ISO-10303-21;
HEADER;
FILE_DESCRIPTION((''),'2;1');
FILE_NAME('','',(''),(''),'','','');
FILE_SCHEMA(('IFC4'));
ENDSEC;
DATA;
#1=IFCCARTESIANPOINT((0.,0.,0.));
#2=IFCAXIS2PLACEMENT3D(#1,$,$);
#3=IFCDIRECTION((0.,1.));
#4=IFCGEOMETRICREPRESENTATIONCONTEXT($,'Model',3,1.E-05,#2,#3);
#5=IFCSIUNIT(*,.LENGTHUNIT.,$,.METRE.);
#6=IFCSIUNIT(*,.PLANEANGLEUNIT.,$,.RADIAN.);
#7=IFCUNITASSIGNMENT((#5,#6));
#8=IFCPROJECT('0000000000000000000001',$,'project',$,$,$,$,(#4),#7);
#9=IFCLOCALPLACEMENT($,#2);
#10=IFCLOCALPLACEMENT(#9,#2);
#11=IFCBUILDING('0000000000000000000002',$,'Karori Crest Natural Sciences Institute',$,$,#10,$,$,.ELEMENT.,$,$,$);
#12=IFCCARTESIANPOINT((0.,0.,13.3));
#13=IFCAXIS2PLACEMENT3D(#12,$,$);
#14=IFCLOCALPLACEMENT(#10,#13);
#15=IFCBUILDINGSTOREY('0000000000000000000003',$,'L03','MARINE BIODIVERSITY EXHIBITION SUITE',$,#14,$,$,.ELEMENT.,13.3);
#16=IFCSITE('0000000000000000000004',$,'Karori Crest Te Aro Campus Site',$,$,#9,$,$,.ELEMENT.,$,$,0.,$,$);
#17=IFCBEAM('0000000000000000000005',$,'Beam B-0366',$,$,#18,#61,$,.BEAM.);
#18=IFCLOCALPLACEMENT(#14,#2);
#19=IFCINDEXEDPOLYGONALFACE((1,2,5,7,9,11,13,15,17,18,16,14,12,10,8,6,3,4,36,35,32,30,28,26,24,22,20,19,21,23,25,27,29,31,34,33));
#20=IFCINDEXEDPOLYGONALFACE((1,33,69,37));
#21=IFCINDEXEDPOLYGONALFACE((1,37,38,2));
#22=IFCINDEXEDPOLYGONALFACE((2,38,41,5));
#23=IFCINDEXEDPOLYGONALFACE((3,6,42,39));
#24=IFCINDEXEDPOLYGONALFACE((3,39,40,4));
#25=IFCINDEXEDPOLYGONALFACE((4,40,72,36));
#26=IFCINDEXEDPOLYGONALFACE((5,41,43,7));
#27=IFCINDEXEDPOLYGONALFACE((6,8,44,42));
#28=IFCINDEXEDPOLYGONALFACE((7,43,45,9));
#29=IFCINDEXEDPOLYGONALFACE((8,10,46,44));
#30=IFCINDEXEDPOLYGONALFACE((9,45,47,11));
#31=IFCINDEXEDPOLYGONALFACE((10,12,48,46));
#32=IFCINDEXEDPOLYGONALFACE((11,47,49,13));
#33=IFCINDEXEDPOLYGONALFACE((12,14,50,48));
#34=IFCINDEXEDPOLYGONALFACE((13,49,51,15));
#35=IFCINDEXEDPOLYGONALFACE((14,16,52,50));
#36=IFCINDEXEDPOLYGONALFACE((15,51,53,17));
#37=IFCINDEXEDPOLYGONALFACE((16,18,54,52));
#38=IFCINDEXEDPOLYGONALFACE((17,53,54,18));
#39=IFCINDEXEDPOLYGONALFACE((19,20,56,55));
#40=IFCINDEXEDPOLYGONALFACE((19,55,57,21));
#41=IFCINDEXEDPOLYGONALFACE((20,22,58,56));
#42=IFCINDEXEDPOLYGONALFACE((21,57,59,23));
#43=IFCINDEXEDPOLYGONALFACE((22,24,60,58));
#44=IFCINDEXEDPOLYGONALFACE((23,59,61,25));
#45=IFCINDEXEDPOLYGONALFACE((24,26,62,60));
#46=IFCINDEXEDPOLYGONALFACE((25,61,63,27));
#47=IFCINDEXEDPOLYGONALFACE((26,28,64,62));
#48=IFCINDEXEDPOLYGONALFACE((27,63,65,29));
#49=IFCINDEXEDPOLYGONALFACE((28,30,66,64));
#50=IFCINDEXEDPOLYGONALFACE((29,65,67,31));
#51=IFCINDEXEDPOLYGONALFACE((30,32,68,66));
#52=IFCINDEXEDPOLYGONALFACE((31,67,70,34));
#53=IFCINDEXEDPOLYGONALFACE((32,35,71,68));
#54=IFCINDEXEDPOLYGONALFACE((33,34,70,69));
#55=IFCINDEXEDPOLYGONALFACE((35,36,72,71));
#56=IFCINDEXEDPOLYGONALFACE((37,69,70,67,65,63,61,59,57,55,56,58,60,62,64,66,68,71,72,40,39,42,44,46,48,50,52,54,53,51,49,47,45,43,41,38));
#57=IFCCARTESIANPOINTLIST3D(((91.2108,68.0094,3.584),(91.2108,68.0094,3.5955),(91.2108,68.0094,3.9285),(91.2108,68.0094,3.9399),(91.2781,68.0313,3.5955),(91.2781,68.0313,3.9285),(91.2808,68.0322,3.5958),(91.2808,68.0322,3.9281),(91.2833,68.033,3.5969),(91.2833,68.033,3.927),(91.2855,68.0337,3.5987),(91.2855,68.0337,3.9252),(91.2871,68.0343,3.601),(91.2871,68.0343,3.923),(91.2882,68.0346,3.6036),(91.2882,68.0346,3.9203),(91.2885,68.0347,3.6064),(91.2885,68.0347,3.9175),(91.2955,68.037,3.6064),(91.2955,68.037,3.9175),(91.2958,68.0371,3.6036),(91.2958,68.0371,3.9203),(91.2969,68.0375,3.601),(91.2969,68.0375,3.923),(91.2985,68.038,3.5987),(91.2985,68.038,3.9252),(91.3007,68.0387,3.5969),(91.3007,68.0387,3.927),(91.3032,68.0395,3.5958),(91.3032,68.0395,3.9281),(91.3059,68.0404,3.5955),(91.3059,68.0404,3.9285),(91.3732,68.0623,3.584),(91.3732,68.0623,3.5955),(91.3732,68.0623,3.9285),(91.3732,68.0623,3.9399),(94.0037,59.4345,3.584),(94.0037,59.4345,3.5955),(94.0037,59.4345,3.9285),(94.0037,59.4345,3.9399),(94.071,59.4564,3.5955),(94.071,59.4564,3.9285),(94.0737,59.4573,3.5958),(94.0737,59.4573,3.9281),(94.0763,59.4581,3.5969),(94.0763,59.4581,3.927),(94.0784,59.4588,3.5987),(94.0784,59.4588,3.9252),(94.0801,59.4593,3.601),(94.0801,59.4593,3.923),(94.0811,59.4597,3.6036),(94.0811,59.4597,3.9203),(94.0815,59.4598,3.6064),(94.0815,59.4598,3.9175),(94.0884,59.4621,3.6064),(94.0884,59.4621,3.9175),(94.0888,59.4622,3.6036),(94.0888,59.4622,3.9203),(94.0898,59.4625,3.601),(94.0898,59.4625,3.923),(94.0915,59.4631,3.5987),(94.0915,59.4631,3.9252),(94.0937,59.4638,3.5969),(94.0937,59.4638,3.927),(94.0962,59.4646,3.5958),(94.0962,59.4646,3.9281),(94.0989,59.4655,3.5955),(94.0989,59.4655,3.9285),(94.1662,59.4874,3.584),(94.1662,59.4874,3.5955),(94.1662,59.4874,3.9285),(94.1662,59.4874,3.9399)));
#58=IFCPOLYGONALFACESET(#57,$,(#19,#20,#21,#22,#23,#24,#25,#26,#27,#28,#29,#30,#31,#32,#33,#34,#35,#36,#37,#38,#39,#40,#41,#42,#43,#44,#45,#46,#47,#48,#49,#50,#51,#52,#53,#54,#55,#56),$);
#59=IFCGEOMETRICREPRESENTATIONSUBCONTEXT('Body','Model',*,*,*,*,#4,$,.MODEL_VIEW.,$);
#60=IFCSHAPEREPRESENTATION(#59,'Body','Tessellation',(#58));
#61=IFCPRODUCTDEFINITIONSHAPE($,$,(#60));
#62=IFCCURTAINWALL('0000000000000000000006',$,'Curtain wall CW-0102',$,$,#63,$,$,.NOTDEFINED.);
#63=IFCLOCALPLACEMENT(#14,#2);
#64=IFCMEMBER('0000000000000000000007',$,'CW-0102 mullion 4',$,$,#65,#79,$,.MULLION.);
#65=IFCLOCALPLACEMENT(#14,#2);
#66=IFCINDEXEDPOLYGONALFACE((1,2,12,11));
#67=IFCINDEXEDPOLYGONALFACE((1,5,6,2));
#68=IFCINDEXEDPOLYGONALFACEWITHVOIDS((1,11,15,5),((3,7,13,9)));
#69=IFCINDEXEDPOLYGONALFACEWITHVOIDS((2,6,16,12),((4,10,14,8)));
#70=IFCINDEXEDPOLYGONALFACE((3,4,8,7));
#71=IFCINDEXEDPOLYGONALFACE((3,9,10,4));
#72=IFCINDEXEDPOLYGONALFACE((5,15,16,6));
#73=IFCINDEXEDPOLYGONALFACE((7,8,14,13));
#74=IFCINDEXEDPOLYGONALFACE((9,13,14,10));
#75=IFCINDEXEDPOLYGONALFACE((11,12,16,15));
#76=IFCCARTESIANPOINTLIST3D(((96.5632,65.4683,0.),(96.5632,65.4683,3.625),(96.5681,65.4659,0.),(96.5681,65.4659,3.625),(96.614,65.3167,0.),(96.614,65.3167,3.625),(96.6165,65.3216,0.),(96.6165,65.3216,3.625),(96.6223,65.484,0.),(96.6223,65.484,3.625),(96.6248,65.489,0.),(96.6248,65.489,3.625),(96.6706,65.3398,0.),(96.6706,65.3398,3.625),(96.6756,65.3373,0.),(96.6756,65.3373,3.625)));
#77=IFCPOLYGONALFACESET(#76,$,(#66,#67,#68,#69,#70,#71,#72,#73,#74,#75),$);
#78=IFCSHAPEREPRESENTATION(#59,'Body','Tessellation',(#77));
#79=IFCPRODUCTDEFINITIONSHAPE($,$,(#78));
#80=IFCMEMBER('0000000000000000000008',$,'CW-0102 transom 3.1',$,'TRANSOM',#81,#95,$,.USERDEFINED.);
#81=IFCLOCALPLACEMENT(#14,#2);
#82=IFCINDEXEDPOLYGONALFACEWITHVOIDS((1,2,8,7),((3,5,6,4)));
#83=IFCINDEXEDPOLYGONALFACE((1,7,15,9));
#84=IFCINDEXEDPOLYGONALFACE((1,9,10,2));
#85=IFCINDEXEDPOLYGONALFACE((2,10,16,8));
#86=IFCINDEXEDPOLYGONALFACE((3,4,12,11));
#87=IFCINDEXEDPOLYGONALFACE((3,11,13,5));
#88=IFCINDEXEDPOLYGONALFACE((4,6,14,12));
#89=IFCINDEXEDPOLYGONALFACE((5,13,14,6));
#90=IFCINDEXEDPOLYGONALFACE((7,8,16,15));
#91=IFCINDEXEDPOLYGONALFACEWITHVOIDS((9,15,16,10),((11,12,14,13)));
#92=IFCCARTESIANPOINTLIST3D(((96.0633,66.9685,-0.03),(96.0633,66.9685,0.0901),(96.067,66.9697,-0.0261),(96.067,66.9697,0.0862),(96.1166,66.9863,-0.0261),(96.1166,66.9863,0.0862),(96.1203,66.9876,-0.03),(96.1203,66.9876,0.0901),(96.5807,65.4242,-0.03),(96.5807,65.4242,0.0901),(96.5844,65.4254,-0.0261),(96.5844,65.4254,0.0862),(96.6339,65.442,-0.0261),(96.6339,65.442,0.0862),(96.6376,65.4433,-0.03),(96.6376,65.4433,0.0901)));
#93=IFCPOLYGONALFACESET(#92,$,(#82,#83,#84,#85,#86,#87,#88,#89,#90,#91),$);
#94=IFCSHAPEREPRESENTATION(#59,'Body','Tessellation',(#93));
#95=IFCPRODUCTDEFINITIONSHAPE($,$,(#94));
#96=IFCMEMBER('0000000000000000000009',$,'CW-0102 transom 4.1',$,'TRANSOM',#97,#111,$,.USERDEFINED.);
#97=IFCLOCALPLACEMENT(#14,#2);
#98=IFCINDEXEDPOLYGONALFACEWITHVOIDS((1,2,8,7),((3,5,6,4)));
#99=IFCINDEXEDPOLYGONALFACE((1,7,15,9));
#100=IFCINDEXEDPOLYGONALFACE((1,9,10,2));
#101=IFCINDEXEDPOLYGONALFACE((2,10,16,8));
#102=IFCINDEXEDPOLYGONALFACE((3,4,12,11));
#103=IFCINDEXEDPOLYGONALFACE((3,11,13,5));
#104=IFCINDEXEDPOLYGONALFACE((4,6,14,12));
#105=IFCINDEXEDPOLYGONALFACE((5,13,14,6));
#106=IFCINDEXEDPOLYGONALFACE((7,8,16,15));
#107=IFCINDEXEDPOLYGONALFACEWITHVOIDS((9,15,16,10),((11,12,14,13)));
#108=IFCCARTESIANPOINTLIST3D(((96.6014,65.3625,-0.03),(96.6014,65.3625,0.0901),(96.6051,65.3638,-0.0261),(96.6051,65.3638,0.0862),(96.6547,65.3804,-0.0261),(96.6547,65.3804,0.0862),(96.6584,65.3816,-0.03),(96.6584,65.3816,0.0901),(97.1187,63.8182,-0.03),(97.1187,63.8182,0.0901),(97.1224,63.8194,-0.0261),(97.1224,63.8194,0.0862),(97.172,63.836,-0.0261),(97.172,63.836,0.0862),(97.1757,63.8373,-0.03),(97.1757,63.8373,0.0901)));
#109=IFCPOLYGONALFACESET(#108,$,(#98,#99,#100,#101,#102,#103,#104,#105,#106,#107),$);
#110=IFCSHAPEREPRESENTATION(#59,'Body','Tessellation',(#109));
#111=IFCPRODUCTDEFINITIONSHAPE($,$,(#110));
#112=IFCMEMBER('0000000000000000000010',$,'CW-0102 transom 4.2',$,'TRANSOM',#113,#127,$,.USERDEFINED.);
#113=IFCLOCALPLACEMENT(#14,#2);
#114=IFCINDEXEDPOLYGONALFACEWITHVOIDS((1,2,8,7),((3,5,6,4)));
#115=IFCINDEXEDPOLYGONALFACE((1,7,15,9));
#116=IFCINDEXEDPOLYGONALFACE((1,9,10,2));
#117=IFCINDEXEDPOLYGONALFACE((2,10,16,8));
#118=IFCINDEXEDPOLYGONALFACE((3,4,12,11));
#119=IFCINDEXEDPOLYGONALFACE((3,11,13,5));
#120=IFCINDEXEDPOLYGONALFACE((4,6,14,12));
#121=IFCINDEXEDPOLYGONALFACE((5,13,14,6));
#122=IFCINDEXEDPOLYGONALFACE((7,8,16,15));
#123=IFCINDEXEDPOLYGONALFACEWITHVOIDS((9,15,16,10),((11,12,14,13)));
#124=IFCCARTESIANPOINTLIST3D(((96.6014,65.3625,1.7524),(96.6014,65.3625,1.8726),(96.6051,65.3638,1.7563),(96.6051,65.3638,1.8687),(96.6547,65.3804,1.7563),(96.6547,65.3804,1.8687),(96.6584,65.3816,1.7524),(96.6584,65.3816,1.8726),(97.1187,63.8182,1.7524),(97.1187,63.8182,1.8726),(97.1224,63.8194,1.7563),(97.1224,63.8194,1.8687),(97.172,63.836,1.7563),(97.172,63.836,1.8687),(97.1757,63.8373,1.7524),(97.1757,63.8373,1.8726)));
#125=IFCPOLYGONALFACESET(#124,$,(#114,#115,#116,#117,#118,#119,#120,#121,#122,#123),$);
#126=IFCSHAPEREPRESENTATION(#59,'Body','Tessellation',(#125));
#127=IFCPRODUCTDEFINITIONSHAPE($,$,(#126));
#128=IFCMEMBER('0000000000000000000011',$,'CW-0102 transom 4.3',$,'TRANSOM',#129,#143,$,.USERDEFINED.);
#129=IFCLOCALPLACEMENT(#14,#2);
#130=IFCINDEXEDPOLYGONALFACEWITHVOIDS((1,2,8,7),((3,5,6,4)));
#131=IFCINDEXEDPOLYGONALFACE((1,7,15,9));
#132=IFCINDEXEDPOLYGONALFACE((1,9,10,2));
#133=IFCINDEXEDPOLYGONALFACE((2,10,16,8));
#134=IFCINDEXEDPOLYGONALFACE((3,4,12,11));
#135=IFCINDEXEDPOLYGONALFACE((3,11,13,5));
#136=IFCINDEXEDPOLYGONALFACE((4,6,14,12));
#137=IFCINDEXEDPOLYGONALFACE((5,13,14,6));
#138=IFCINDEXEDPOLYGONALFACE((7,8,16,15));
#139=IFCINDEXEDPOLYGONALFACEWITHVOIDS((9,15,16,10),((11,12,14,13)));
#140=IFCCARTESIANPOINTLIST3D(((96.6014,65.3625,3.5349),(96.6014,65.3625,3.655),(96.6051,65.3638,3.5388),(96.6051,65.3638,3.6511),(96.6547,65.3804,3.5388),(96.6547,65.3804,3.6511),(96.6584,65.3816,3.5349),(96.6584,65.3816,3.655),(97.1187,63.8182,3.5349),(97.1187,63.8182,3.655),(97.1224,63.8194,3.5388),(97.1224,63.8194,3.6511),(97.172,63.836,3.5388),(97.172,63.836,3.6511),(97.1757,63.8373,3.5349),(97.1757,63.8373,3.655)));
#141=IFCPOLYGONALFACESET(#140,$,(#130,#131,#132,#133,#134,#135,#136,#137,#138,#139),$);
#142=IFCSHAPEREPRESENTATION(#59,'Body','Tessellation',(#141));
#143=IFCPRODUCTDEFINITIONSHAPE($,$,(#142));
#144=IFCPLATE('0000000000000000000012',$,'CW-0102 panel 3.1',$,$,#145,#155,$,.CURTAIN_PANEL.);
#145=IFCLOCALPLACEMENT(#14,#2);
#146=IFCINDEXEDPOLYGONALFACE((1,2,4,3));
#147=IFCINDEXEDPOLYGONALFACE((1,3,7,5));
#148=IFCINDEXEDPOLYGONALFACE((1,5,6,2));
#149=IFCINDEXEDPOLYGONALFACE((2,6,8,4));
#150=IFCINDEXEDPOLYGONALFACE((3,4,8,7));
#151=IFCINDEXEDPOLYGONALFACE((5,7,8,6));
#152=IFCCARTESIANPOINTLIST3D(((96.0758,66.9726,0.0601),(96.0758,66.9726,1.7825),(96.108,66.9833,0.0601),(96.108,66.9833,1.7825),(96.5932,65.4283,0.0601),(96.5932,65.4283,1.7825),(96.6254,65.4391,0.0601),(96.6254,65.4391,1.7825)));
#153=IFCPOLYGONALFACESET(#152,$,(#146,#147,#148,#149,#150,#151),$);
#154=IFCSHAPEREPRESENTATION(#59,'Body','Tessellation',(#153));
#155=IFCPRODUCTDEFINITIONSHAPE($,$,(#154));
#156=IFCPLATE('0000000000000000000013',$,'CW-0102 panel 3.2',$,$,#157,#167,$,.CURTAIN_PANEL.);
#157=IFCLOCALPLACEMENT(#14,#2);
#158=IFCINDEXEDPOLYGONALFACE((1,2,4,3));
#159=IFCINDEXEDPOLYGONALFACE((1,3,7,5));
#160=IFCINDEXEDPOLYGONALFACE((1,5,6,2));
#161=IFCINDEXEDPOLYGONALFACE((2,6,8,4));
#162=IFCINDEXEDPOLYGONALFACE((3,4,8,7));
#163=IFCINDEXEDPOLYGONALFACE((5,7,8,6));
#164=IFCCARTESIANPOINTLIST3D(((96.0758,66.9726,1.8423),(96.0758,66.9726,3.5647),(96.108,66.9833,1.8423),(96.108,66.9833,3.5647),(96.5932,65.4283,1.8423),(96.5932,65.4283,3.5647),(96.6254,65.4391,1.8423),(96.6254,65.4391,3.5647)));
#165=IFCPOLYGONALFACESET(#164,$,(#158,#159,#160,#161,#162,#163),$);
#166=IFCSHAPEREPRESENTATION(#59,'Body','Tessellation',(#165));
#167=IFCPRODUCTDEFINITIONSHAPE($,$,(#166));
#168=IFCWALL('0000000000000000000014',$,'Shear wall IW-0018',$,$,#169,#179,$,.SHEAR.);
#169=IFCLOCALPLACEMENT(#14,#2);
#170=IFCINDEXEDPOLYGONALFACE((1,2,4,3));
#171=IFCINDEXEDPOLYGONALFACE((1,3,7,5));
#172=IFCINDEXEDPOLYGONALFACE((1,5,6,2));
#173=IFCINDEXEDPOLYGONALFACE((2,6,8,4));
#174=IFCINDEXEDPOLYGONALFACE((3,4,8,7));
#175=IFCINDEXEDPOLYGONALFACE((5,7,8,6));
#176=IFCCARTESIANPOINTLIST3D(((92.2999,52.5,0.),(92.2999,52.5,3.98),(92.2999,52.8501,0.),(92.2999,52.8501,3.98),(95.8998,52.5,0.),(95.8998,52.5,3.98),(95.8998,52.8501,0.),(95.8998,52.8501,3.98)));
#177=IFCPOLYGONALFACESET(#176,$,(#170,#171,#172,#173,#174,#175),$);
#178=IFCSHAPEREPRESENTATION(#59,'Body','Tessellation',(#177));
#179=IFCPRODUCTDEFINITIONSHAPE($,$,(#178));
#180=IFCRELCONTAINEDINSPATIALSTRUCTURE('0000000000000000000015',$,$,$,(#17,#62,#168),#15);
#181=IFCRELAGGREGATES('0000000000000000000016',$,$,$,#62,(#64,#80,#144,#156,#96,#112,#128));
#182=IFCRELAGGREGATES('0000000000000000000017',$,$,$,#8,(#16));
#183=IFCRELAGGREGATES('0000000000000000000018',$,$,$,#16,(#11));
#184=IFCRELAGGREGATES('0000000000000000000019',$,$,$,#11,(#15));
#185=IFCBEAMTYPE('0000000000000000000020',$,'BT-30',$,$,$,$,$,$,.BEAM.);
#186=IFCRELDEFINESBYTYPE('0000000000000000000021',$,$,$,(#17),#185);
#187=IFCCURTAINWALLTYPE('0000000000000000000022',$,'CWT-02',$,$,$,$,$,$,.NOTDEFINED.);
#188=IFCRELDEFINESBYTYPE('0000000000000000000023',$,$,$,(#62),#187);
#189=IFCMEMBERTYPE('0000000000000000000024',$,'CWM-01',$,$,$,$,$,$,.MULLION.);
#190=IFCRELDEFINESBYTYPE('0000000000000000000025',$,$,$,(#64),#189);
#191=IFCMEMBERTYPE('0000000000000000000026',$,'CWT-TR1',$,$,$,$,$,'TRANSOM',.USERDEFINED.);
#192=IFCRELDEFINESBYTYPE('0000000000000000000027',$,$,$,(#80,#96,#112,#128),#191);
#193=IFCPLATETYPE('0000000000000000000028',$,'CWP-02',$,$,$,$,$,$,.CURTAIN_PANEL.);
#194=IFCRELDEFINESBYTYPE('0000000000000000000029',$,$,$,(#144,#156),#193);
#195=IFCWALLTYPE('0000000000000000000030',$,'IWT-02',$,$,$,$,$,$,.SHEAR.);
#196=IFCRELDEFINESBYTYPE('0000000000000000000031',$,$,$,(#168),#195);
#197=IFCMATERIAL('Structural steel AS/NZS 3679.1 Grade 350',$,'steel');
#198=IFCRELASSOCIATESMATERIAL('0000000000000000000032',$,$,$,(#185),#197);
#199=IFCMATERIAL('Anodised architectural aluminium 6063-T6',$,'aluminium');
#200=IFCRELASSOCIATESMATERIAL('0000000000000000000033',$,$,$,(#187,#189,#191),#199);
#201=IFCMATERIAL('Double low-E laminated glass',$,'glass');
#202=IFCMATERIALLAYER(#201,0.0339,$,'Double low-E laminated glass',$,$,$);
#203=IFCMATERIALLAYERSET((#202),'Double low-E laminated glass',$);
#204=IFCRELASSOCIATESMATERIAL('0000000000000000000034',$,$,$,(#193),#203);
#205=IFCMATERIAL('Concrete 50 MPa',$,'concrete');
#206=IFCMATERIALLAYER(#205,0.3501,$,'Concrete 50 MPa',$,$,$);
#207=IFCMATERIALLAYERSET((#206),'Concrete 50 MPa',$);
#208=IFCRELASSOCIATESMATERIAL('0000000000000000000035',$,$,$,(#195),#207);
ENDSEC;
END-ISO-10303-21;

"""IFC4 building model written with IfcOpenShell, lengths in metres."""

from ifc_helpers import new_model, si_unit, direction, frame, frame_2d, origin, origin_2d, place, context, subcontext, project, spatial, rectangle, hollow_rectangle, i_section, extrude, material, layer, layer_set, material_profile, profile_set, type_object, element, aggregate, save


model = new_model("IFC4")

# Units and contexts
model_context = context("Model", 3, precision=1e-05, world=origin(), true_north=direction((0.0, 1.0)))
body_context = subcontext(model_context, "Body", "Model", "MODEL_VIEW")
ifc_project = project(units=[si_unit("LENGTHUNIT", "METRE"), si_unit("PLANEANGLEUNIT", "RADIAN")], contexts=[model_context])

# Site, building, storey
site_placement = place(None, origin())
site = spatial("IfcSite", under=ifc_project, at=site_placement, Name="Karori Crest Te Aro Campus Site", CompositionType="ELEMENT", RefElevation=0.0)
building_placement = place(site_placement, origin())
building = spatial("IfcBuilding", under=site, at=building_placement, Name="Karori Crest Natural Sciences Institute", CompositionType="ELEMENT")
storey_placement = place(building_placement, frame((0.0, 0.0, 13.3)))
storey = spatial("IfcBuildingStorey", under=building, at=storey_placement, Name="L03", Description="MARINE BIODIVERSITY EXHIBITION SUITE", CompositionType="ELEMENT", Elevation=13.3)

# Beam
ifc_material_1 = material(Name="Structural steel AS/NZS 3679.1 Grade 350", Category="steel")
ifc_material_profile_1 = material_profile(ifc_material_1, i_section(OverallWidth=0.1709, OverallDepth=0.356, WebThickness=0.0073, FlangeThickness=0.0115, FilletRadius=0.011, at=origin_2d()), Name="360UB50.7")
ifc_profile_set_1 = profile_set([ifc_material_profile_1], Name="Structural steel AS/NZS 3679.1 Grade 350")
beam_type = type_object("IfcBeamType", Name="BT-30", PredefinedType="BEAM", material=ifc_profile_set_1)
beam_placement = place(storey_placement, frame((94.085, 59.4609, 3.762), z_axis=(-0.309699, 0.950835, 0.0), x_axis=(-0.950835, -0.309699, 0.0)))
element("IfcBeam", 1, at=beam_placement, inside=storey, type_object=beam_type, Name="Beam B-0366", PredefinedType="BEAM", context=body_context, shape_type="SweptSolid", body=[
    extrude(i_section(OverallWidth=0.1709, OverallDepth=0.356, WebThickness=0.0073, FlangeThickness=0.0115, FilletRadius=0.011, at=origin_2d()), origin(), (0.0, 0.0, 1.0), 9.0183),
])

# Curtain wall, members, plates
ifc_material_2 = material(Name="Anodised architectural aluminium 6063-T6", Category="aluminium")
curtain_wall_type = type_object("IfcCurtainWallType", Name="CWT-02", PredefinedType="NOTDEFINED", material=ifc_material_2)
curtain_wall_placement = place(storey_placement, origin())
curtain_wall = element("IfcCurtainWall", 2, at=curtain_wall_placement, inside=storey, type_object=curtain_wall_type, Name="Curtain wall CW-0102", PredefinedType="NOTDEFINED")
ifc_material_profile_2 = material_profile(ifc_material_2, hollow_rectangle(XDim=0.0649, YDim=0.1599, WallThickness=0.0039, at=origin_2d()), Name="CWM160x65x4")
ifc_profile_set_2 = profile_set([ifc_material_profile_2], Name="Anodised architectural aluminium 6063-T6")
member_type_1 = type_object("IfcMemberType", Name="CWM-01", PredefinedType="MULLION", material=ifc_profile_set_2)
member_1_placement = place(storey_placement, frame((96.6194, 65.4028, 0.0), z_axis=(0.0, 0.0, 1.0), x_axis=(0.948198, 0.31768, 0.0)))
member_1 = element("IfcMember", 3, at=member_1_placement, type_object=member_type_1, Name="CW-0102 mullion 4", PredefinedType="MULLION", context=body_context, shape_type="SweptSolid", body=[
    extrude(hollow_rectangle(XDim=0.0649, YDim=0.1599, WallThickness=0.0039, at=origin_2d()), origin(), (0.0, 0.0, 1.0), 3.625),
])
ifc_material_profile_3 = material_profile(ifc_material_2, hollow_rectangle(XDim=0.0601, YDim=0.1201, WallThickness=0.0039, at=origin_2d()), Name="CWT120x60x4")
ifc_profile_set_3 = profile_set([ifc_material_profile_3], Name="Anodised architectural aluminium 6063-T6")
member_type_2 = type_object("IfcMemberType", Name="CWT-TR1", ElementType="TRANSOM", PredefinedType="USERDEFINED", material=ifc_profile_set_3)
member_2_placement = place(storey_placement, frame((96.0918, 66.978, 0.03), z_axis=(0.317667, -0.948202, 0.0), x_axis=(0.948202, 0.317667, 0.0)))
member_2 = element("IfcMember", 4, at=member_2_placement, type_object=member_type_2, Name="CW-0102 transom 3.1", ObjectType="TRANSOM", PredefinedType="USERDEFINED", context=body_context, shape_type="SweptSolid", body=[
    extrude(hollow_rectangle(XDim=0.0601, YDim=0.1201, WallThickness=0.0039, at=origin_2d()), origin(), (0.0, 0.0, 1.0), 1.6287),
])
member_3_placement = place(storey_placement, frame((96.6299, 65.3721, 0.03), z_axis=(0.317621, -0.948218, 0.0), x_axis=(0.948218, 0.317621, 0.0)))
member_3 = element("IfcMember", 5, at=member_3_placement, type_object=member_type_2, Name="CW-0102 transom 4.1", ObjectType="TRANSOM", PredefinedType="USERDEFINED", context=body_context, shape_type="SweptSolid", body=[
    extrude(hollow_rectangle(XDim=0.0601, YDim=0.1201, WallThickness=0.0039, at=origin_2d()), origin(), (0.0, 0.0, 1.0), 1.6287),
])
member_4_placement = place(storey_placement, frame((96.6299, 65.3721, 1.8125), z_axis=(0.317621, -0.948218, 0.0), x_axis=(0.948218, 0.317621, 0.0)))
member_4 = element("IfcMember", 6, at=member_4_placement, type_object=member_type_2, Name="CW-0102 transom 4.2", ObjectType="TRANSOM", PredefinedType="USERDEFINED", context=body_context, shape_type="SweptSolid", body=[
    extrude(hollow_rectangle(XDim=0.0601, YDim=0.1201, WallThickness=0.0039, at=origin_2d()), origin(), (0.0, 0.0, 1.0), 1.6287),
])
member_5_placement = place(storey_placement, frame((96.6299, 65.3721, 3.595), z_axis=(0.317621, -0.948218, 0.0), x_axis=(0.948218, 0.317621, 0.0)))
member_5 = element("IfcMember", 7, at=member_5_placement, type_object=member_type_2, Name="CW-0102 transom 4.3", ObjectType="TRANSOM", PredefinedType="USERDEFINED", context=body_context, shape_type="SweptSolid", body=[
    extrude(hollow_rectangle(XDim=0.0601, YDim=0.1201, WallThickness=0.0039, at=origin_2d()), origin(), (0.0, 0.0, 1.0), 1.6287),
])
ifc_material_3 = material(Name="Double low-E laminated glass", Category="glass")
ifc_layer_1 = layer(ifc_material_3, 0.0339, Name="Double low-E laminated glass")
ifc_layer_set_1 = layer_set([ifc_layer_1], Name="Double low-E laminated glass")
plate_type = type_object("IfcPlateType", Name="CWP-02", PredefinedType="CURTAIN_PANEL", material=ifc_layer_set_1)
plate_1_placement = place(storey_placement, frame((96.3506, 66.2058, 0.0601), z_axis=(0.0, 0.0, 1.0), x_axis=(0.31768, -0.948198, 0.0)))
plate_1 = element("IfcPlate", 8, at=plate_1_placement, type_object=plate_type, Name="CW-0102 panel 3.1", PredefinedType="CURTAIN_PANEL", context=body_context, shape_type="SweptSolid", body=[
    extrude(rectangle(XDim=1.6287, YDim=0.0339, at=origin_2d()), origin(), (0.0, 0.0, 1.0), 1.7224),
])
plate_2_placement = place(storey_placement, frame((96.3506, 66.2058, 1.8423), z_axis=(0.0, 0.0, 1.0), x_axis=(0.31768, -0.948198, 0.0)))
plate_2 = element("IfcPlate", 9, at=plate_2_placement, type_object=plate_type, Name="CW-0102 panel 3.2", PredefinedType="CURTAIN_PANEL", context=body_context, shape_type="SweptSolid", body=[
    extrude(rectangle(XDim=1.6287, YDim=0.0339, at=origin_2d()), origin(), (0.0, 0.0, 1.0), 1.7224),
])
aggregate(curtain_wall, [member_1, member_2, plate_1, plate_2, member_3, member_4, member_5])

# Wall
ifc_material_4 = material(Name="Concrete 50 MPa", Category="concrete")
ifc_layer_2 = layer(ifc_material_4, 0.3501, Name="Concrete 50 MPa")
ifc_layer_set_2 = layer_set([ifc_layer_2], Name="Concrete 50 MPa")
wall_type_1 = type_object("IfcWallType", Name="IWT-02", PredefinedType="SHEAR", material=ifc_layer_set_2)
wall_1_placement = place(storey_placement, frame((92.3, 52.675, 0.0), z_axis=(0.0, 0.0, 1.0), x_axis=(1.0, 0.0, 0.0)))
element("IfcWall", 10, at=wall_1_placement, inside=storey, type_object=wall_type_1, Name="Shear wall IW-0018", PredefinedType="SHEAR", context=body_context, shape_type="SweptSolid", body=[
    extrude(rectangle(XDim=3.5999, YDim=0.3501, at=frame_2d((1.7998, 0.0))), origin(), (0.0, 0.0, 1.0), 3.98),
])

save(model, "model.ifc")
